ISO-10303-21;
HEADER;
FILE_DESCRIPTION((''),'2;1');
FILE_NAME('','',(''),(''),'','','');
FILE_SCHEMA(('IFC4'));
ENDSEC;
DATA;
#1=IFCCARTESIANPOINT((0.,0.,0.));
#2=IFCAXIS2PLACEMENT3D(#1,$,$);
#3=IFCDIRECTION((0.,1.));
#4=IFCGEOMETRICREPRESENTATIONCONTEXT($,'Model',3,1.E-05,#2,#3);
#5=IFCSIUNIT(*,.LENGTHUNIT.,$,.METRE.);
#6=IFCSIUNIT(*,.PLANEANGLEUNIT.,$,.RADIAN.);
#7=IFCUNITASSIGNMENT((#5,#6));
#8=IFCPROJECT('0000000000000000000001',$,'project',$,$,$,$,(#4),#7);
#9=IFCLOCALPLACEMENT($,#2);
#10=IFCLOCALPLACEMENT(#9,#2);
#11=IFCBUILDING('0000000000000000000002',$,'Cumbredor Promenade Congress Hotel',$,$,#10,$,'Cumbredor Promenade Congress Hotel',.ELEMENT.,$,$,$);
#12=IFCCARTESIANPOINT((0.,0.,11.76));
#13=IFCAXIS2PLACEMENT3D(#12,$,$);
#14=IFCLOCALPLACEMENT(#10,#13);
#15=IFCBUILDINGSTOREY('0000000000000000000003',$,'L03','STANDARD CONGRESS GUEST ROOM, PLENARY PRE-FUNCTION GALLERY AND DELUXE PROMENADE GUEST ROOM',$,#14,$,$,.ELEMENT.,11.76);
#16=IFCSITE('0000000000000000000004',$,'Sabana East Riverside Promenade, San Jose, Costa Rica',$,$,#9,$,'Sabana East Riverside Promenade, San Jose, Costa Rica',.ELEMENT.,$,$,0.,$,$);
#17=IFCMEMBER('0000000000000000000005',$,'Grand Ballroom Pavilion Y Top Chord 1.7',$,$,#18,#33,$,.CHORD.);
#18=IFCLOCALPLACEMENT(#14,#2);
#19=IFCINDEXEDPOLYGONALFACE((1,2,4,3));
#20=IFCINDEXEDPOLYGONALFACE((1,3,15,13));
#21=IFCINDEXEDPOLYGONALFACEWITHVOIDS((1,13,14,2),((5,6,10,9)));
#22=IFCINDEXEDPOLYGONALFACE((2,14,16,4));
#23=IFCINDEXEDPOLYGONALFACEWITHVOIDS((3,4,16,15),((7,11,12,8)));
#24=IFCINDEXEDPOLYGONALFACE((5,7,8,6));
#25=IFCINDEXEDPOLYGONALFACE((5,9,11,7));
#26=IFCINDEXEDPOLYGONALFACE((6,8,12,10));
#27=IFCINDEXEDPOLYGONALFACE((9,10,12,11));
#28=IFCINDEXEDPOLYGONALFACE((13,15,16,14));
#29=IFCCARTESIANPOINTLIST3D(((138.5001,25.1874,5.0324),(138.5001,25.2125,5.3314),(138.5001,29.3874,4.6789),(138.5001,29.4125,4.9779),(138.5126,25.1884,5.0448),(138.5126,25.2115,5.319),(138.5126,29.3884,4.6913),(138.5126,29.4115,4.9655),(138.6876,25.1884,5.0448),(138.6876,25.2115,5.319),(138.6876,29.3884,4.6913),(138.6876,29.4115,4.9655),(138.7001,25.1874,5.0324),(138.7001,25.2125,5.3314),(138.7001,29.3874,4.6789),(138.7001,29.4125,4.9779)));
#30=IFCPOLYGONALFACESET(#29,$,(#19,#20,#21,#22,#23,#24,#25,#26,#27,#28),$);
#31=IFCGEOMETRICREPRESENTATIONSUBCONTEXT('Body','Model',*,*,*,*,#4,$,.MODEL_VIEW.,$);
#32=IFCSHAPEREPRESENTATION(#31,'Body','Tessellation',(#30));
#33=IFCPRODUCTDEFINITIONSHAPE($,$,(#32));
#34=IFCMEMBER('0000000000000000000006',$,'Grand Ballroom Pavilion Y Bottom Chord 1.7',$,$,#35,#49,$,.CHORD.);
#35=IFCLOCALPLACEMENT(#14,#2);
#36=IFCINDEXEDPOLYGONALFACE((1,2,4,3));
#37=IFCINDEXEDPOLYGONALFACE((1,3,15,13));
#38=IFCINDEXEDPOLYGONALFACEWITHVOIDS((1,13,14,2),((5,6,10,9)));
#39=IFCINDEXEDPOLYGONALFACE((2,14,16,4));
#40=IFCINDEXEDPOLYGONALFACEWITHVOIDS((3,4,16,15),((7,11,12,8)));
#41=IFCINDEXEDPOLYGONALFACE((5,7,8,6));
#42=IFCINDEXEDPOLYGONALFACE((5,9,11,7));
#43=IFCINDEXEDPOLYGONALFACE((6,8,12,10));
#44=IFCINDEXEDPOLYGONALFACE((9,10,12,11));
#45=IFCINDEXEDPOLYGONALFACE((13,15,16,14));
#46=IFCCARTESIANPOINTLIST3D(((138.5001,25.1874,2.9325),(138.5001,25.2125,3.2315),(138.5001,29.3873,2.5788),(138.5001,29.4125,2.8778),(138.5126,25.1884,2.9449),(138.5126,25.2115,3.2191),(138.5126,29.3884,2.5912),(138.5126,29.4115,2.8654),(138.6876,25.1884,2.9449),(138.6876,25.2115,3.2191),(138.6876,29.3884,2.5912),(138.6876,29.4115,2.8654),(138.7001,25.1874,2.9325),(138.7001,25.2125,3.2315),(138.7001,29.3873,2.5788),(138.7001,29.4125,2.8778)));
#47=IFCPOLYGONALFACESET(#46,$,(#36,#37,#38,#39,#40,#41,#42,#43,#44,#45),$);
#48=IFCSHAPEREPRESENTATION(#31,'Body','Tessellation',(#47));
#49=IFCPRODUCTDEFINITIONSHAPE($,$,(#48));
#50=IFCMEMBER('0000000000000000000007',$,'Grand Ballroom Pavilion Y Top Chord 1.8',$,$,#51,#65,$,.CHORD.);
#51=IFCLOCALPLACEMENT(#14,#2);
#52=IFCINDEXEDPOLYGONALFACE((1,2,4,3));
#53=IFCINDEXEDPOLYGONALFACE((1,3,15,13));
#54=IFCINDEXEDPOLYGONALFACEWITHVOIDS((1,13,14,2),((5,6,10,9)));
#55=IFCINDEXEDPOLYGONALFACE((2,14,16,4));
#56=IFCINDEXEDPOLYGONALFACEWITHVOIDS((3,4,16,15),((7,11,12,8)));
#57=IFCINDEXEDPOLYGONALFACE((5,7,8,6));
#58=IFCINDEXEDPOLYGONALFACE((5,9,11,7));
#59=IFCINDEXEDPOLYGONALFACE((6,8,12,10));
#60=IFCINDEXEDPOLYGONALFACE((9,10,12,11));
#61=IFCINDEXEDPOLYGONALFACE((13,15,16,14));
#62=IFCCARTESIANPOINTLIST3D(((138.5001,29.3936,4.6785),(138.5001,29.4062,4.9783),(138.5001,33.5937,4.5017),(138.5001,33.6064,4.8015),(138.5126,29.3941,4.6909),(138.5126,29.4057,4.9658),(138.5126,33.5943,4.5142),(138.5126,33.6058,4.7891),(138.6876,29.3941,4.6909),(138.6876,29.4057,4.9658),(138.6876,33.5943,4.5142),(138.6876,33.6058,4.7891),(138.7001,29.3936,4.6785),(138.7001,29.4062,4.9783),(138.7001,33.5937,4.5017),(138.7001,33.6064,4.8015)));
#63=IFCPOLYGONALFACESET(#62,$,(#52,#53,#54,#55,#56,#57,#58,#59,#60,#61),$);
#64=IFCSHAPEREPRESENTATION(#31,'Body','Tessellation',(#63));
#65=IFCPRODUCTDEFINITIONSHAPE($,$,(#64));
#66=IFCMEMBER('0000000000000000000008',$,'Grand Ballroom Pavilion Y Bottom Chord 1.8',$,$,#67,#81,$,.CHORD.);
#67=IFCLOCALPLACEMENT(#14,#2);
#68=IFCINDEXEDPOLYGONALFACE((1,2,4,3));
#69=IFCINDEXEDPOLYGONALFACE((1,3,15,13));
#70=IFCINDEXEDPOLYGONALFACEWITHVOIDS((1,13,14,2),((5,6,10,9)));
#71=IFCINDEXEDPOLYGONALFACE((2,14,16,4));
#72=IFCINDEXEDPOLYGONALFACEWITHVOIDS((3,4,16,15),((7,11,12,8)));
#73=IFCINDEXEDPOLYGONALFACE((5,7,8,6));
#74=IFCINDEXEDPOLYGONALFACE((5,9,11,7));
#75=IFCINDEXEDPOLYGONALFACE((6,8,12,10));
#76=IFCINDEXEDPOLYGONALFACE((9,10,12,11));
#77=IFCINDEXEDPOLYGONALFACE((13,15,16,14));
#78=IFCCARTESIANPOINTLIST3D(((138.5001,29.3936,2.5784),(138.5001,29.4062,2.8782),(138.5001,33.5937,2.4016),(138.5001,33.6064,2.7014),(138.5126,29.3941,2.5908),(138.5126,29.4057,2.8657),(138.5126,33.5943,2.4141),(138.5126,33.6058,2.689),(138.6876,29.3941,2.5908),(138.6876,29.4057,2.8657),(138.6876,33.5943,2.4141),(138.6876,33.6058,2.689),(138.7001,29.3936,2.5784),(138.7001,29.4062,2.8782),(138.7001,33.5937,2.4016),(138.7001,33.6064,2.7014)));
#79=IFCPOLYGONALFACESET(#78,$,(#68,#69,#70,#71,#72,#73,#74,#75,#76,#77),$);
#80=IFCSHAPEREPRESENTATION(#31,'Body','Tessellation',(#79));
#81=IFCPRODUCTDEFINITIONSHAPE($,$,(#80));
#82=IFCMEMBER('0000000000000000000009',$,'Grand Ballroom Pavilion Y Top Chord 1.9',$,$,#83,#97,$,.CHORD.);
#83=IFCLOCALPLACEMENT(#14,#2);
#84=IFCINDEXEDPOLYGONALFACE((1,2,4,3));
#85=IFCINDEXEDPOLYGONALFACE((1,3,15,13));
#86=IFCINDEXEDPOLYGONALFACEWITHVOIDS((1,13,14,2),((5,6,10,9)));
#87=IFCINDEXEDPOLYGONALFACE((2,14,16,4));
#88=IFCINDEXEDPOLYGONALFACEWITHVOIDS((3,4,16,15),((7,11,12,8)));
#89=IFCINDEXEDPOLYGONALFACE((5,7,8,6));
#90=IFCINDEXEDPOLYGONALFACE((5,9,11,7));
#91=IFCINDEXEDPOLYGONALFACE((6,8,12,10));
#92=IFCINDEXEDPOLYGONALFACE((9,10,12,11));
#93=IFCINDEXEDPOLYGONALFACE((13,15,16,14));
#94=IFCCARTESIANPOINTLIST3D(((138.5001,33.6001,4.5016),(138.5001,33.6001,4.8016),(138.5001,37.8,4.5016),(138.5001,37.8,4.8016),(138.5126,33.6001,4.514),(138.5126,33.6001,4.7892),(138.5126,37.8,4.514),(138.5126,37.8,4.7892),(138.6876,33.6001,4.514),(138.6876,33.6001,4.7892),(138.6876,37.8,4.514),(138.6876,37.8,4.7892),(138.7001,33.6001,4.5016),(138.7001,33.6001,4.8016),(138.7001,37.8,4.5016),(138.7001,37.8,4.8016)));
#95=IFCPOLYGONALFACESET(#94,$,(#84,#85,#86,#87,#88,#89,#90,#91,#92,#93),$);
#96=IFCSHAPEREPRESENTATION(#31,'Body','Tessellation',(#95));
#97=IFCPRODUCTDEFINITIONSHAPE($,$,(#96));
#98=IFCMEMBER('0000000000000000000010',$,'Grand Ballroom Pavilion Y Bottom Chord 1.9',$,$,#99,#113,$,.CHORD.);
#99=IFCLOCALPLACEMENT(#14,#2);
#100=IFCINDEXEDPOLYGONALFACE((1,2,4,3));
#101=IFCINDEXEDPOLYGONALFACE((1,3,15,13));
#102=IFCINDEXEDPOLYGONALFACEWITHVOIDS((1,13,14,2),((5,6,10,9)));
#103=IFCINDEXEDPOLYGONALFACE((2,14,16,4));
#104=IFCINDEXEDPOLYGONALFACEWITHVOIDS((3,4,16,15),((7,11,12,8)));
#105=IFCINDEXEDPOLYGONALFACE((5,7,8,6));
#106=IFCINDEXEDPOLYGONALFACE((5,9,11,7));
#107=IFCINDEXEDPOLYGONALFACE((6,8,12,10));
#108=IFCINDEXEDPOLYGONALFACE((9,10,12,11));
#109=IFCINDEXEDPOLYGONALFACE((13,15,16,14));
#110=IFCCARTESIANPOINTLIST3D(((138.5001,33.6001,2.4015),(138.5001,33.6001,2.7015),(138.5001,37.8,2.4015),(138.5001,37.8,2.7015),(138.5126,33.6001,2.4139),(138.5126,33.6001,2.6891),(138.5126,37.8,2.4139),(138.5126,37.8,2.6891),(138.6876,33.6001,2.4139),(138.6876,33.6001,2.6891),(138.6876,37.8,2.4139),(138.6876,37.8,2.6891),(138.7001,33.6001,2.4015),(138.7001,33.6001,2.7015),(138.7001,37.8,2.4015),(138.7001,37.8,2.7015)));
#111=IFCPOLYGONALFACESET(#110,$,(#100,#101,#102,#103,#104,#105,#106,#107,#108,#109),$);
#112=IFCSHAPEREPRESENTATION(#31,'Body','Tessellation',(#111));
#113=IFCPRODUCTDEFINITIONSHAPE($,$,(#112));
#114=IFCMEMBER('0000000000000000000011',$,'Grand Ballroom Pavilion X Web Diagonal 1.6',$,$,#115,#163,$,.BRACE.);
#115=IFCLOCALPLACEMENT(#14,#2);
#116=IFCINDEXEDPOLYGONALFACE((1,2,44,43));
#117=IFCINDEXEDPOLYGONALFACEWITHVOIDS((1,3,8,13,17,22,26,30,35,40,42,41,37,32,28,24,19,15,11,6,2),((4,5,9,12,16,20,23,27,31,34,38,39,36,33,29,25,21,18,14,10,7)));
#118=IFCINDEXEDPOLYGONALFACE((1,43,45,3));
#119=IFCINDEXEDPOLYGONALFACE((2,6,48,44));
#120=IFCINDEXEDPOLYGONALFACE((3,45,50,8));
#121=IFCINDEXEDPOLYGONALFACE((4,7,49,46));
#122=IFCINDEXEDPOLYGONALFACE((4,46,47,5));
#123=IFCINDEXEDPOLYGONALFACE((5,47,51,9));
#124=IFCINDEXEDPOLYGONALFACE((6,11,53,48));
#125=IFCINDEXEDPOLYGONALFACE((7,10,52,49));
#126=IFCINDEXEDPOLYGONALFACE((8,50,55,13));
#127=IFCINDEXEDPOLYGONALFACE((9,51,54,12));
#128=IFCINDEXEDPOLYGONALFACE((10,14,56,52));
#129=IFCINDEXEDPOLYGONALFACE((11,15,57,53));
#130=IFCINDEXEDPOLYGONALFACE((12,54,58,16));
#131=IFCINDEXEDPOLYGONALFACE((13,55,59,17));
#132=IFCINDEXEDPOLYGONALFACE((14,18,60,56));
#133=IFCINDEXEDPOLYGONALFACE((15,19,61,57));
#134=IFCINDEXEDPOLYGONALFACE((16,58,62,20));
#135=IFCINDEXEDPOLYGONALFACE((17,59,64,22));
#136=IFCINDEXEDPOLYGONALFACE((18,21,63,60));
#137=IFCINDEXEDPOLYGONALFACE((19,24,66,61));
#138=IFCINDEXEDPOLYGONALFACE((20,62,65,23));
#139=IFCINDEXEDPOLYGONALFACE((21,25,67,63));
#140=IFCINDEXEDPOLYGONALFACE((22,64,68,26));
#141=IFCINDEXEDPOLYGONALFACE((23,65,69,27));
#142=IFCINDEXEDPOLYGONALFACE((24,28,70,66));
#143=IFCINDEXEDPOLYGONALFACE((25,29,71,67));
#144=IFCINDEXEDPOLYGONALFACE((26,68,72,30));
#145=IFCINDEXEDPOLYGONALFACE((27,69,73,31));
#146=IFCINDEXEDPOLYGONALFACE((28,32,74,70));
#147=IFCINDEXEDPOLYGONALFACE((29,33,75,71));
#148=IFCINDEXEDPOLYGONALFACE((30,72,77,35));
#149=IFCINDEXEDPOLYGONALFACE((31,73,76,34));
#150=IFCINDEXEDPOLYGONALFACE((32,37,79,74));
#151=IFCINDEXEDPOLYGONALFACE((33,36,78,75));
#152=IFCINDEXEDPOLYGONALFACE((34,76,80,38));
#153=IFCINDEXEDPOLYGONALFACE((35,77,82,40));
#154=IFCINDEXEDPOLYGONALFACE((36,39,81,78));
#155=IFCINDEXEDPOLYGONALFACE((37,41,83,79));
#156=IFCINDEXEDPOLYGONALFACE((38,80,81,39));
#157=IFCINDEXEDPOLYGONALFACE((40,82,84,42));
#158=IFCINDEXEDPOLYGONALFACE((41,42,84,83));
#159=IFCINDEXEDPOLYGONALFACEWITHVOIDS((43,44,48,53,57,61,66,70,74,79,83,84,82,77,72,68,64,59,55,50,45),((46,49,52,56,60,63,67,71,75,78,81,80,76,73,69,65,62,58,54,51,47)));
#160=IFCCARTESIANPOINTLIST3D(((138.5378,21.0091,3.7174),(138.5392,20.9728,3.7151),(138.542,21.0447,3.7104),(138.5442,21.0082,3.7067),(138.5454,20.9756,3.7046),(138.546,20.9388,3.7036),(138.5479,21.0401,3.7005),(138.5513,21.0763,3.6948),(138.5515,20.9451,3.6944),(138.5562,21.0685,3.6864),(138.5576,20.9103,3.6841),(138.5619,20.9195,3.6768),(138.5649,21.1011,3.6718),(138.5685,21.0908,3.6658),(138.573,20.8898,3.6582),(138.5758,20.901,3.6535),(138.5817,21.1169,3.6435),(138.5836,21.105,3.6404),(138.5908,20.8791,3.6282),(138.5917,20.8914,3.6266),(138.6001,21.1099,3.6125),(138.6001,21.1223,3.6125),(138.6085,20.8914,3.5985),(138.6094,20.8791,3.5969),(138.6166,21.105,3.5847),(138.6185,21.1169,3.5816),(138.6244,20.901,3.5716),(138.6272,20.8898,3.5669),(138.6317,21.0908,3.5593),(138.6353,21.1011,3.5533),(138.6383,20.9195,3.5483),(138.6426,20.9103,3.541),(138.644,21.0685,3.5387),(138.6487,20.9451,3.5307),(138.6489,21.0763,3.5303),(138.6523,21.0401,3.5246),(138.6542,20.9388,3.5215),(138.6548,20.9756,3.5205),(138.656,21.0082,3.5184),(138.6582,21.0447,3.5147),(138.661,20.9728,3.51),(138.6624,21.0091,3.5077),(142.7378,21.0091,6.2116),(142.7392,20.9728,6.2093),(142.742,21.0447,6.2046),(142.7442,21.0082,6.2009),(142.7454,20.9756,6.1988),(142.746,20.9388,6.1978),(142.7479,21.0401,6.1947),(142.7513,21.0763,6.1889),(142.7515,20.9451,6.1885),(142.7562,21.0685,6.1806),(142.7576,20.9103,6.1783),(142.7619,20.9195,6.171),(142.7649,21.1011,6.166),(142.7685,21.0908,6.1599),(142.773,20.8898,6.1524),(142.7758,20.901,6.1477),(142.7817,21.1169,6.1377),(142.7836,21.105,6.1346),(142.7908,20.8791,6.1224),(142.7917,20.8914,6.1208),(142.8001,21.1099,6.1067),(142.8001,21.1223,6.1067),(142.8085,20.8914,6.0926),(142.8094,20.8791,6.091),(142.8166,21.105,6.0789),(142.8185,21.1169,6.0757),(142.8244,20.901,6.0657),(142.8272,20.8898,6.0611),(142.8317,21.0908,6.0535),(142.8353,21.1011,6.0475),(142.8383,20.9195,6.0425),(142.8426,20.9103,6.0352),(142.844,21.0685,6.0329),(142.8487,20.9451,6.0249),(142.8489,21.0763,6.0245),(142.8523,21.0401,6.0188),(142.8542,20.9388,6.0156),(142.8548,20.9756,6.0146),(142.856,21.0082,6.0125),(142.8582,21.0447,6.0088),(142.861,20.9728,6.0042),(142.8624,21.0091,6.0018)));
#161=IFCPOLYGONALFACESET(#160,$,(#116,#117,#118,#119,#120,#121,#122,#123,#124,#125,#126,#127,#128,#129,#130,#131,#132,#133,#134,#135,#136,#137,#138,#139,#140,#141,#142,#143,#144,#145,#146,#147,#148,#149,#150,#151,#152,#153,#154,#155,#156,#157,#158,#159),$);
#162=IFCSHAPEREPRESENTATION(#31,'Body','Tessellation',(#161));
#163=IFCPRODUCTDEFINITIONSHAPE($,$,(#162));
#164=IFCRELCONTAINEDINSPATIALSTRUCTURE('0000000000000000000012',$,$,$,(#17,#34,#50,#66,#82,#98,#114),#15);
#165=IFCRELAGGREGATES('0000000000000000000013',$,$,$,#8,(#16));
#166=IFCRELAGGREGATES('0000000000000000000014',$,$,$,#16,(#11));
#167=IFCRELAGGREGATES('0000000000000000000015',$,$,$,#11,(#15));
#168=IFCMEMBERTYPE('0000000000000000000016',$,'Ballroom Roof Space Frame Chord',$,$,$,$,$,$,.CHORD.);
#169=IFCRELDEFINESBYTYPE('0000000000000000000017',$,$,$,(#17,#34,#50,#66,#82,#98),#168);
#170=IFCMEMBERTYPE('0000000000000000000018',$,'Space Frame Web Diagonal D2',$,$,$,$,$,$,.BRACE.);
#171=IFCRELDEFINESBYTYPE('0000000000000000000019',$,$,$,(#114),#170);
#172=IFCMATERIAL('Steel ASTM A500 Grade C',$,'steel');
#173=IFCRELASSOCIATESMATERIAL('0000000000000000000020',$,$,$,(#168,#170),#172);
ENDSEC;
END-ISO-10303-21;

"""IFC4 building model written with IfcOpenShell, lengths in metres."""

from ifc_helpers import new_model, si_unit, direction, frame, origin, origin_2d, place, context, subcontext, project, spatial, hollow_rectangle, hollow_circle, extrude, material, material_profile, profile_set, type_object, element, save


model = new_model("IFC4")

# Units and contexts
model_context = context("Model", 3, precision=1e-05, world=origin(), true_north=direction((0.0, 1.0)))
body_context = subcontext(model_context, "Body", "Model", "MODEL_VIEW")
ifc_project = project(units=[si_unit("LENGTHUNIT", "METRE"), si_unit("PLANEANGLEUNIT", "RADIAN")], contexts=[model_context])

# Site, building, storey
site_placement = place(None, origin())
site = spatial("IfcSite", under=ifc_project, at=site_placement, Name="Sabana East Riverside Promenade, San Jose, Costa Rica", LongName="Sabana East Riverside Promenade, San Jose, Costa Rica", CompositionType="ELEMENT", RefElevation=0.0)
building_placement = place(site_placement, origin())
building = spatial("IfcBuilding", under=site, at=building_placement, Name="Cumbredor Promenade Congress Hotel", LongName="Cumbredor Promenade Congress Hotel", CompositionType="ELEMENT")
storey_placement = place(building_placement, frame((0.0, 0.0, 11.76)))
storey = spatial("IfcBuildingStorey", under=building, at=storey_placement, Name="L03", Description="STANDARD CONGRESS GUEST ROOM, PLENARY PRE-FUNCTION GALLERY AND DELUXE PROMENADE GUEST ROOM", CompositionType="ELEMENT", Elevation=11.76)

# Members
ifc_material_1 = material(Name="Steel ASTM A500 Grade C", Category="steel")
ifc_material_profile_1 = material_profile(ifc_material_1, hollow_rectangle(XDim=0.2, YDim=0.3, WallThickness=0.0125, at=origin_2d()), Name="HSS 300x200x12.5")
ifc_profile_set_1 = profile_set([ifc_material_profile_1], Name="Steel ASTM A500 Grade C")
member_type_1 = type_object("IfcMemberType", Name="Ballroom Roof Space Frame Chord", PredefinedType="CHORD", material=ifc_profile_set_1)
for number, where, z_axis, x_axis, name in (
    (1, (138.6001, 25.2, 5.1819), (0.0, 0.996476, -0.083875), (-1.0, 0.0, 0.0), "Grand Ballroom Pavilion Y Top Chord 1.7"),
    (2, (138.6001, 25.2, 3.082), (0.0, 0.996471, -0.083932), (-1.0, 0.0, 0.0), "Grand Ballroom Pavilion Y Bottom Chord 1.7"),
):
    element("IfcMember", number, at=place(storey_placement, frame(where, z_axis=z_axis, x_axis=x_axis)), inside=storey, type_object=member_type_1, Name=name, PredefinedType="CHORD", context=body_context, shape_type="SweptSolid", body=[
        extrude(hollow_rectangle(XDim=0.2, YDim=0.3, WallThickness=0.0125, at=origin_2d()), origin(), (0.0, 0.0, 1.0), 4.2148),
    ])
for number, where, z_axis, x_axis, name in (
    (3, (138.6001, 29.3999, 4.8284), (0.0, 0.999116, -0.042046), (-1.0, 0.0, 0.0), "Grand Ballroom Pavilion Y Top Chord 1.8"),
    (4, (138.6001, 29.3999, 2.7283), (0.0, 0.999116, -0.042046), (-1.0, 0.0, 0.0), "Grand Ballroom Pavilion Y Bottom Chord 1.8"),
):
    element("IfcMember", number, at=place(storey_placement, frame(where, z_axis=z_axis, x_axis=x_axis)), inside=storey, type_object=member_type_1, Name=name, PredefinedType="CHORD", context=body_context, shape_type="SweptSolid", body=[
        extrude(hollow_rectangle(XDim=0.2, YDim=0.3, WallThickness=0.0125, at=origin_2d()), origin(), (0.0, 0.0, 1.0), 4.2039),
    ])
for number, where, z_axis, x_axis, name in (
    (5, (138.6001, 33.6001, 4.6516), (0.0, 1.0, 0.0), (-1.0, 0.0, 0.0), "Grand Ballroom Pavilion Y Top Chord 1.9"),
    (6, (138.6001, 33.6001, 2.5515), (0.0, 1.0, 0.0), (-1.0, 0.0, 0.0), "Grand Ballroom Pavilion Y Bottom Chord 1.9"),
):
    element("IfcMember", number, at=place(storey_placement, frame(where, z_axis=z_axis, x_axis=x_axis)), inside=storey, type_object=member_type_1, Name=name, PredefinedType="CHORD", context=body_context, shape_type="SweptSolid", body=[
        extrude(hollow_rectangle(XDim=0.2, YDim=0.3, WallThickness=0.0125, at=origin_2d()), origin(), (0.0, 0.0, 1.0), 4.2),
    ])
ifc_material_profile_2 = material_profile(ifc_material_1, hollow_circle(Radius=0.1223, WallThickness=0.0125, at=origin_2d()), Name="CHS 244.5x12.5")
ifc_profile_set_2 = profile_set([ifc_material_profile_2], Name="Steel ASTM A500 Grade C")
member_type_2 = type_object("IfcMemberType", Name="Space Frame Web Diagonal D2", PredefinedType="BRACE", material=ifc_profile_set_2)
member_1_placement = place(storey_placement, frame((138.6001, 21.0, 3.6125), z_axis=(0.859817, 0.0, 0.510602), x_axis=(0.0, 1.0, 0.0)))
element("IfcMember", 7, at=member_1_placement, inside=storey, type_object=member_type_2, Name="Grand Ballroom Pavilion X Web Diagonal 1.6", PredefinedType="BRACE", context=body_context, shape_type="SweptSolid", body=[
    extrude(hollow_circle(Radius=0.1223, WallThickness=0.0125, at=origin_2d()), origin(), (0.0, 0.0, 1.0), 4.8848),
])

save(model, "model.ifc")
